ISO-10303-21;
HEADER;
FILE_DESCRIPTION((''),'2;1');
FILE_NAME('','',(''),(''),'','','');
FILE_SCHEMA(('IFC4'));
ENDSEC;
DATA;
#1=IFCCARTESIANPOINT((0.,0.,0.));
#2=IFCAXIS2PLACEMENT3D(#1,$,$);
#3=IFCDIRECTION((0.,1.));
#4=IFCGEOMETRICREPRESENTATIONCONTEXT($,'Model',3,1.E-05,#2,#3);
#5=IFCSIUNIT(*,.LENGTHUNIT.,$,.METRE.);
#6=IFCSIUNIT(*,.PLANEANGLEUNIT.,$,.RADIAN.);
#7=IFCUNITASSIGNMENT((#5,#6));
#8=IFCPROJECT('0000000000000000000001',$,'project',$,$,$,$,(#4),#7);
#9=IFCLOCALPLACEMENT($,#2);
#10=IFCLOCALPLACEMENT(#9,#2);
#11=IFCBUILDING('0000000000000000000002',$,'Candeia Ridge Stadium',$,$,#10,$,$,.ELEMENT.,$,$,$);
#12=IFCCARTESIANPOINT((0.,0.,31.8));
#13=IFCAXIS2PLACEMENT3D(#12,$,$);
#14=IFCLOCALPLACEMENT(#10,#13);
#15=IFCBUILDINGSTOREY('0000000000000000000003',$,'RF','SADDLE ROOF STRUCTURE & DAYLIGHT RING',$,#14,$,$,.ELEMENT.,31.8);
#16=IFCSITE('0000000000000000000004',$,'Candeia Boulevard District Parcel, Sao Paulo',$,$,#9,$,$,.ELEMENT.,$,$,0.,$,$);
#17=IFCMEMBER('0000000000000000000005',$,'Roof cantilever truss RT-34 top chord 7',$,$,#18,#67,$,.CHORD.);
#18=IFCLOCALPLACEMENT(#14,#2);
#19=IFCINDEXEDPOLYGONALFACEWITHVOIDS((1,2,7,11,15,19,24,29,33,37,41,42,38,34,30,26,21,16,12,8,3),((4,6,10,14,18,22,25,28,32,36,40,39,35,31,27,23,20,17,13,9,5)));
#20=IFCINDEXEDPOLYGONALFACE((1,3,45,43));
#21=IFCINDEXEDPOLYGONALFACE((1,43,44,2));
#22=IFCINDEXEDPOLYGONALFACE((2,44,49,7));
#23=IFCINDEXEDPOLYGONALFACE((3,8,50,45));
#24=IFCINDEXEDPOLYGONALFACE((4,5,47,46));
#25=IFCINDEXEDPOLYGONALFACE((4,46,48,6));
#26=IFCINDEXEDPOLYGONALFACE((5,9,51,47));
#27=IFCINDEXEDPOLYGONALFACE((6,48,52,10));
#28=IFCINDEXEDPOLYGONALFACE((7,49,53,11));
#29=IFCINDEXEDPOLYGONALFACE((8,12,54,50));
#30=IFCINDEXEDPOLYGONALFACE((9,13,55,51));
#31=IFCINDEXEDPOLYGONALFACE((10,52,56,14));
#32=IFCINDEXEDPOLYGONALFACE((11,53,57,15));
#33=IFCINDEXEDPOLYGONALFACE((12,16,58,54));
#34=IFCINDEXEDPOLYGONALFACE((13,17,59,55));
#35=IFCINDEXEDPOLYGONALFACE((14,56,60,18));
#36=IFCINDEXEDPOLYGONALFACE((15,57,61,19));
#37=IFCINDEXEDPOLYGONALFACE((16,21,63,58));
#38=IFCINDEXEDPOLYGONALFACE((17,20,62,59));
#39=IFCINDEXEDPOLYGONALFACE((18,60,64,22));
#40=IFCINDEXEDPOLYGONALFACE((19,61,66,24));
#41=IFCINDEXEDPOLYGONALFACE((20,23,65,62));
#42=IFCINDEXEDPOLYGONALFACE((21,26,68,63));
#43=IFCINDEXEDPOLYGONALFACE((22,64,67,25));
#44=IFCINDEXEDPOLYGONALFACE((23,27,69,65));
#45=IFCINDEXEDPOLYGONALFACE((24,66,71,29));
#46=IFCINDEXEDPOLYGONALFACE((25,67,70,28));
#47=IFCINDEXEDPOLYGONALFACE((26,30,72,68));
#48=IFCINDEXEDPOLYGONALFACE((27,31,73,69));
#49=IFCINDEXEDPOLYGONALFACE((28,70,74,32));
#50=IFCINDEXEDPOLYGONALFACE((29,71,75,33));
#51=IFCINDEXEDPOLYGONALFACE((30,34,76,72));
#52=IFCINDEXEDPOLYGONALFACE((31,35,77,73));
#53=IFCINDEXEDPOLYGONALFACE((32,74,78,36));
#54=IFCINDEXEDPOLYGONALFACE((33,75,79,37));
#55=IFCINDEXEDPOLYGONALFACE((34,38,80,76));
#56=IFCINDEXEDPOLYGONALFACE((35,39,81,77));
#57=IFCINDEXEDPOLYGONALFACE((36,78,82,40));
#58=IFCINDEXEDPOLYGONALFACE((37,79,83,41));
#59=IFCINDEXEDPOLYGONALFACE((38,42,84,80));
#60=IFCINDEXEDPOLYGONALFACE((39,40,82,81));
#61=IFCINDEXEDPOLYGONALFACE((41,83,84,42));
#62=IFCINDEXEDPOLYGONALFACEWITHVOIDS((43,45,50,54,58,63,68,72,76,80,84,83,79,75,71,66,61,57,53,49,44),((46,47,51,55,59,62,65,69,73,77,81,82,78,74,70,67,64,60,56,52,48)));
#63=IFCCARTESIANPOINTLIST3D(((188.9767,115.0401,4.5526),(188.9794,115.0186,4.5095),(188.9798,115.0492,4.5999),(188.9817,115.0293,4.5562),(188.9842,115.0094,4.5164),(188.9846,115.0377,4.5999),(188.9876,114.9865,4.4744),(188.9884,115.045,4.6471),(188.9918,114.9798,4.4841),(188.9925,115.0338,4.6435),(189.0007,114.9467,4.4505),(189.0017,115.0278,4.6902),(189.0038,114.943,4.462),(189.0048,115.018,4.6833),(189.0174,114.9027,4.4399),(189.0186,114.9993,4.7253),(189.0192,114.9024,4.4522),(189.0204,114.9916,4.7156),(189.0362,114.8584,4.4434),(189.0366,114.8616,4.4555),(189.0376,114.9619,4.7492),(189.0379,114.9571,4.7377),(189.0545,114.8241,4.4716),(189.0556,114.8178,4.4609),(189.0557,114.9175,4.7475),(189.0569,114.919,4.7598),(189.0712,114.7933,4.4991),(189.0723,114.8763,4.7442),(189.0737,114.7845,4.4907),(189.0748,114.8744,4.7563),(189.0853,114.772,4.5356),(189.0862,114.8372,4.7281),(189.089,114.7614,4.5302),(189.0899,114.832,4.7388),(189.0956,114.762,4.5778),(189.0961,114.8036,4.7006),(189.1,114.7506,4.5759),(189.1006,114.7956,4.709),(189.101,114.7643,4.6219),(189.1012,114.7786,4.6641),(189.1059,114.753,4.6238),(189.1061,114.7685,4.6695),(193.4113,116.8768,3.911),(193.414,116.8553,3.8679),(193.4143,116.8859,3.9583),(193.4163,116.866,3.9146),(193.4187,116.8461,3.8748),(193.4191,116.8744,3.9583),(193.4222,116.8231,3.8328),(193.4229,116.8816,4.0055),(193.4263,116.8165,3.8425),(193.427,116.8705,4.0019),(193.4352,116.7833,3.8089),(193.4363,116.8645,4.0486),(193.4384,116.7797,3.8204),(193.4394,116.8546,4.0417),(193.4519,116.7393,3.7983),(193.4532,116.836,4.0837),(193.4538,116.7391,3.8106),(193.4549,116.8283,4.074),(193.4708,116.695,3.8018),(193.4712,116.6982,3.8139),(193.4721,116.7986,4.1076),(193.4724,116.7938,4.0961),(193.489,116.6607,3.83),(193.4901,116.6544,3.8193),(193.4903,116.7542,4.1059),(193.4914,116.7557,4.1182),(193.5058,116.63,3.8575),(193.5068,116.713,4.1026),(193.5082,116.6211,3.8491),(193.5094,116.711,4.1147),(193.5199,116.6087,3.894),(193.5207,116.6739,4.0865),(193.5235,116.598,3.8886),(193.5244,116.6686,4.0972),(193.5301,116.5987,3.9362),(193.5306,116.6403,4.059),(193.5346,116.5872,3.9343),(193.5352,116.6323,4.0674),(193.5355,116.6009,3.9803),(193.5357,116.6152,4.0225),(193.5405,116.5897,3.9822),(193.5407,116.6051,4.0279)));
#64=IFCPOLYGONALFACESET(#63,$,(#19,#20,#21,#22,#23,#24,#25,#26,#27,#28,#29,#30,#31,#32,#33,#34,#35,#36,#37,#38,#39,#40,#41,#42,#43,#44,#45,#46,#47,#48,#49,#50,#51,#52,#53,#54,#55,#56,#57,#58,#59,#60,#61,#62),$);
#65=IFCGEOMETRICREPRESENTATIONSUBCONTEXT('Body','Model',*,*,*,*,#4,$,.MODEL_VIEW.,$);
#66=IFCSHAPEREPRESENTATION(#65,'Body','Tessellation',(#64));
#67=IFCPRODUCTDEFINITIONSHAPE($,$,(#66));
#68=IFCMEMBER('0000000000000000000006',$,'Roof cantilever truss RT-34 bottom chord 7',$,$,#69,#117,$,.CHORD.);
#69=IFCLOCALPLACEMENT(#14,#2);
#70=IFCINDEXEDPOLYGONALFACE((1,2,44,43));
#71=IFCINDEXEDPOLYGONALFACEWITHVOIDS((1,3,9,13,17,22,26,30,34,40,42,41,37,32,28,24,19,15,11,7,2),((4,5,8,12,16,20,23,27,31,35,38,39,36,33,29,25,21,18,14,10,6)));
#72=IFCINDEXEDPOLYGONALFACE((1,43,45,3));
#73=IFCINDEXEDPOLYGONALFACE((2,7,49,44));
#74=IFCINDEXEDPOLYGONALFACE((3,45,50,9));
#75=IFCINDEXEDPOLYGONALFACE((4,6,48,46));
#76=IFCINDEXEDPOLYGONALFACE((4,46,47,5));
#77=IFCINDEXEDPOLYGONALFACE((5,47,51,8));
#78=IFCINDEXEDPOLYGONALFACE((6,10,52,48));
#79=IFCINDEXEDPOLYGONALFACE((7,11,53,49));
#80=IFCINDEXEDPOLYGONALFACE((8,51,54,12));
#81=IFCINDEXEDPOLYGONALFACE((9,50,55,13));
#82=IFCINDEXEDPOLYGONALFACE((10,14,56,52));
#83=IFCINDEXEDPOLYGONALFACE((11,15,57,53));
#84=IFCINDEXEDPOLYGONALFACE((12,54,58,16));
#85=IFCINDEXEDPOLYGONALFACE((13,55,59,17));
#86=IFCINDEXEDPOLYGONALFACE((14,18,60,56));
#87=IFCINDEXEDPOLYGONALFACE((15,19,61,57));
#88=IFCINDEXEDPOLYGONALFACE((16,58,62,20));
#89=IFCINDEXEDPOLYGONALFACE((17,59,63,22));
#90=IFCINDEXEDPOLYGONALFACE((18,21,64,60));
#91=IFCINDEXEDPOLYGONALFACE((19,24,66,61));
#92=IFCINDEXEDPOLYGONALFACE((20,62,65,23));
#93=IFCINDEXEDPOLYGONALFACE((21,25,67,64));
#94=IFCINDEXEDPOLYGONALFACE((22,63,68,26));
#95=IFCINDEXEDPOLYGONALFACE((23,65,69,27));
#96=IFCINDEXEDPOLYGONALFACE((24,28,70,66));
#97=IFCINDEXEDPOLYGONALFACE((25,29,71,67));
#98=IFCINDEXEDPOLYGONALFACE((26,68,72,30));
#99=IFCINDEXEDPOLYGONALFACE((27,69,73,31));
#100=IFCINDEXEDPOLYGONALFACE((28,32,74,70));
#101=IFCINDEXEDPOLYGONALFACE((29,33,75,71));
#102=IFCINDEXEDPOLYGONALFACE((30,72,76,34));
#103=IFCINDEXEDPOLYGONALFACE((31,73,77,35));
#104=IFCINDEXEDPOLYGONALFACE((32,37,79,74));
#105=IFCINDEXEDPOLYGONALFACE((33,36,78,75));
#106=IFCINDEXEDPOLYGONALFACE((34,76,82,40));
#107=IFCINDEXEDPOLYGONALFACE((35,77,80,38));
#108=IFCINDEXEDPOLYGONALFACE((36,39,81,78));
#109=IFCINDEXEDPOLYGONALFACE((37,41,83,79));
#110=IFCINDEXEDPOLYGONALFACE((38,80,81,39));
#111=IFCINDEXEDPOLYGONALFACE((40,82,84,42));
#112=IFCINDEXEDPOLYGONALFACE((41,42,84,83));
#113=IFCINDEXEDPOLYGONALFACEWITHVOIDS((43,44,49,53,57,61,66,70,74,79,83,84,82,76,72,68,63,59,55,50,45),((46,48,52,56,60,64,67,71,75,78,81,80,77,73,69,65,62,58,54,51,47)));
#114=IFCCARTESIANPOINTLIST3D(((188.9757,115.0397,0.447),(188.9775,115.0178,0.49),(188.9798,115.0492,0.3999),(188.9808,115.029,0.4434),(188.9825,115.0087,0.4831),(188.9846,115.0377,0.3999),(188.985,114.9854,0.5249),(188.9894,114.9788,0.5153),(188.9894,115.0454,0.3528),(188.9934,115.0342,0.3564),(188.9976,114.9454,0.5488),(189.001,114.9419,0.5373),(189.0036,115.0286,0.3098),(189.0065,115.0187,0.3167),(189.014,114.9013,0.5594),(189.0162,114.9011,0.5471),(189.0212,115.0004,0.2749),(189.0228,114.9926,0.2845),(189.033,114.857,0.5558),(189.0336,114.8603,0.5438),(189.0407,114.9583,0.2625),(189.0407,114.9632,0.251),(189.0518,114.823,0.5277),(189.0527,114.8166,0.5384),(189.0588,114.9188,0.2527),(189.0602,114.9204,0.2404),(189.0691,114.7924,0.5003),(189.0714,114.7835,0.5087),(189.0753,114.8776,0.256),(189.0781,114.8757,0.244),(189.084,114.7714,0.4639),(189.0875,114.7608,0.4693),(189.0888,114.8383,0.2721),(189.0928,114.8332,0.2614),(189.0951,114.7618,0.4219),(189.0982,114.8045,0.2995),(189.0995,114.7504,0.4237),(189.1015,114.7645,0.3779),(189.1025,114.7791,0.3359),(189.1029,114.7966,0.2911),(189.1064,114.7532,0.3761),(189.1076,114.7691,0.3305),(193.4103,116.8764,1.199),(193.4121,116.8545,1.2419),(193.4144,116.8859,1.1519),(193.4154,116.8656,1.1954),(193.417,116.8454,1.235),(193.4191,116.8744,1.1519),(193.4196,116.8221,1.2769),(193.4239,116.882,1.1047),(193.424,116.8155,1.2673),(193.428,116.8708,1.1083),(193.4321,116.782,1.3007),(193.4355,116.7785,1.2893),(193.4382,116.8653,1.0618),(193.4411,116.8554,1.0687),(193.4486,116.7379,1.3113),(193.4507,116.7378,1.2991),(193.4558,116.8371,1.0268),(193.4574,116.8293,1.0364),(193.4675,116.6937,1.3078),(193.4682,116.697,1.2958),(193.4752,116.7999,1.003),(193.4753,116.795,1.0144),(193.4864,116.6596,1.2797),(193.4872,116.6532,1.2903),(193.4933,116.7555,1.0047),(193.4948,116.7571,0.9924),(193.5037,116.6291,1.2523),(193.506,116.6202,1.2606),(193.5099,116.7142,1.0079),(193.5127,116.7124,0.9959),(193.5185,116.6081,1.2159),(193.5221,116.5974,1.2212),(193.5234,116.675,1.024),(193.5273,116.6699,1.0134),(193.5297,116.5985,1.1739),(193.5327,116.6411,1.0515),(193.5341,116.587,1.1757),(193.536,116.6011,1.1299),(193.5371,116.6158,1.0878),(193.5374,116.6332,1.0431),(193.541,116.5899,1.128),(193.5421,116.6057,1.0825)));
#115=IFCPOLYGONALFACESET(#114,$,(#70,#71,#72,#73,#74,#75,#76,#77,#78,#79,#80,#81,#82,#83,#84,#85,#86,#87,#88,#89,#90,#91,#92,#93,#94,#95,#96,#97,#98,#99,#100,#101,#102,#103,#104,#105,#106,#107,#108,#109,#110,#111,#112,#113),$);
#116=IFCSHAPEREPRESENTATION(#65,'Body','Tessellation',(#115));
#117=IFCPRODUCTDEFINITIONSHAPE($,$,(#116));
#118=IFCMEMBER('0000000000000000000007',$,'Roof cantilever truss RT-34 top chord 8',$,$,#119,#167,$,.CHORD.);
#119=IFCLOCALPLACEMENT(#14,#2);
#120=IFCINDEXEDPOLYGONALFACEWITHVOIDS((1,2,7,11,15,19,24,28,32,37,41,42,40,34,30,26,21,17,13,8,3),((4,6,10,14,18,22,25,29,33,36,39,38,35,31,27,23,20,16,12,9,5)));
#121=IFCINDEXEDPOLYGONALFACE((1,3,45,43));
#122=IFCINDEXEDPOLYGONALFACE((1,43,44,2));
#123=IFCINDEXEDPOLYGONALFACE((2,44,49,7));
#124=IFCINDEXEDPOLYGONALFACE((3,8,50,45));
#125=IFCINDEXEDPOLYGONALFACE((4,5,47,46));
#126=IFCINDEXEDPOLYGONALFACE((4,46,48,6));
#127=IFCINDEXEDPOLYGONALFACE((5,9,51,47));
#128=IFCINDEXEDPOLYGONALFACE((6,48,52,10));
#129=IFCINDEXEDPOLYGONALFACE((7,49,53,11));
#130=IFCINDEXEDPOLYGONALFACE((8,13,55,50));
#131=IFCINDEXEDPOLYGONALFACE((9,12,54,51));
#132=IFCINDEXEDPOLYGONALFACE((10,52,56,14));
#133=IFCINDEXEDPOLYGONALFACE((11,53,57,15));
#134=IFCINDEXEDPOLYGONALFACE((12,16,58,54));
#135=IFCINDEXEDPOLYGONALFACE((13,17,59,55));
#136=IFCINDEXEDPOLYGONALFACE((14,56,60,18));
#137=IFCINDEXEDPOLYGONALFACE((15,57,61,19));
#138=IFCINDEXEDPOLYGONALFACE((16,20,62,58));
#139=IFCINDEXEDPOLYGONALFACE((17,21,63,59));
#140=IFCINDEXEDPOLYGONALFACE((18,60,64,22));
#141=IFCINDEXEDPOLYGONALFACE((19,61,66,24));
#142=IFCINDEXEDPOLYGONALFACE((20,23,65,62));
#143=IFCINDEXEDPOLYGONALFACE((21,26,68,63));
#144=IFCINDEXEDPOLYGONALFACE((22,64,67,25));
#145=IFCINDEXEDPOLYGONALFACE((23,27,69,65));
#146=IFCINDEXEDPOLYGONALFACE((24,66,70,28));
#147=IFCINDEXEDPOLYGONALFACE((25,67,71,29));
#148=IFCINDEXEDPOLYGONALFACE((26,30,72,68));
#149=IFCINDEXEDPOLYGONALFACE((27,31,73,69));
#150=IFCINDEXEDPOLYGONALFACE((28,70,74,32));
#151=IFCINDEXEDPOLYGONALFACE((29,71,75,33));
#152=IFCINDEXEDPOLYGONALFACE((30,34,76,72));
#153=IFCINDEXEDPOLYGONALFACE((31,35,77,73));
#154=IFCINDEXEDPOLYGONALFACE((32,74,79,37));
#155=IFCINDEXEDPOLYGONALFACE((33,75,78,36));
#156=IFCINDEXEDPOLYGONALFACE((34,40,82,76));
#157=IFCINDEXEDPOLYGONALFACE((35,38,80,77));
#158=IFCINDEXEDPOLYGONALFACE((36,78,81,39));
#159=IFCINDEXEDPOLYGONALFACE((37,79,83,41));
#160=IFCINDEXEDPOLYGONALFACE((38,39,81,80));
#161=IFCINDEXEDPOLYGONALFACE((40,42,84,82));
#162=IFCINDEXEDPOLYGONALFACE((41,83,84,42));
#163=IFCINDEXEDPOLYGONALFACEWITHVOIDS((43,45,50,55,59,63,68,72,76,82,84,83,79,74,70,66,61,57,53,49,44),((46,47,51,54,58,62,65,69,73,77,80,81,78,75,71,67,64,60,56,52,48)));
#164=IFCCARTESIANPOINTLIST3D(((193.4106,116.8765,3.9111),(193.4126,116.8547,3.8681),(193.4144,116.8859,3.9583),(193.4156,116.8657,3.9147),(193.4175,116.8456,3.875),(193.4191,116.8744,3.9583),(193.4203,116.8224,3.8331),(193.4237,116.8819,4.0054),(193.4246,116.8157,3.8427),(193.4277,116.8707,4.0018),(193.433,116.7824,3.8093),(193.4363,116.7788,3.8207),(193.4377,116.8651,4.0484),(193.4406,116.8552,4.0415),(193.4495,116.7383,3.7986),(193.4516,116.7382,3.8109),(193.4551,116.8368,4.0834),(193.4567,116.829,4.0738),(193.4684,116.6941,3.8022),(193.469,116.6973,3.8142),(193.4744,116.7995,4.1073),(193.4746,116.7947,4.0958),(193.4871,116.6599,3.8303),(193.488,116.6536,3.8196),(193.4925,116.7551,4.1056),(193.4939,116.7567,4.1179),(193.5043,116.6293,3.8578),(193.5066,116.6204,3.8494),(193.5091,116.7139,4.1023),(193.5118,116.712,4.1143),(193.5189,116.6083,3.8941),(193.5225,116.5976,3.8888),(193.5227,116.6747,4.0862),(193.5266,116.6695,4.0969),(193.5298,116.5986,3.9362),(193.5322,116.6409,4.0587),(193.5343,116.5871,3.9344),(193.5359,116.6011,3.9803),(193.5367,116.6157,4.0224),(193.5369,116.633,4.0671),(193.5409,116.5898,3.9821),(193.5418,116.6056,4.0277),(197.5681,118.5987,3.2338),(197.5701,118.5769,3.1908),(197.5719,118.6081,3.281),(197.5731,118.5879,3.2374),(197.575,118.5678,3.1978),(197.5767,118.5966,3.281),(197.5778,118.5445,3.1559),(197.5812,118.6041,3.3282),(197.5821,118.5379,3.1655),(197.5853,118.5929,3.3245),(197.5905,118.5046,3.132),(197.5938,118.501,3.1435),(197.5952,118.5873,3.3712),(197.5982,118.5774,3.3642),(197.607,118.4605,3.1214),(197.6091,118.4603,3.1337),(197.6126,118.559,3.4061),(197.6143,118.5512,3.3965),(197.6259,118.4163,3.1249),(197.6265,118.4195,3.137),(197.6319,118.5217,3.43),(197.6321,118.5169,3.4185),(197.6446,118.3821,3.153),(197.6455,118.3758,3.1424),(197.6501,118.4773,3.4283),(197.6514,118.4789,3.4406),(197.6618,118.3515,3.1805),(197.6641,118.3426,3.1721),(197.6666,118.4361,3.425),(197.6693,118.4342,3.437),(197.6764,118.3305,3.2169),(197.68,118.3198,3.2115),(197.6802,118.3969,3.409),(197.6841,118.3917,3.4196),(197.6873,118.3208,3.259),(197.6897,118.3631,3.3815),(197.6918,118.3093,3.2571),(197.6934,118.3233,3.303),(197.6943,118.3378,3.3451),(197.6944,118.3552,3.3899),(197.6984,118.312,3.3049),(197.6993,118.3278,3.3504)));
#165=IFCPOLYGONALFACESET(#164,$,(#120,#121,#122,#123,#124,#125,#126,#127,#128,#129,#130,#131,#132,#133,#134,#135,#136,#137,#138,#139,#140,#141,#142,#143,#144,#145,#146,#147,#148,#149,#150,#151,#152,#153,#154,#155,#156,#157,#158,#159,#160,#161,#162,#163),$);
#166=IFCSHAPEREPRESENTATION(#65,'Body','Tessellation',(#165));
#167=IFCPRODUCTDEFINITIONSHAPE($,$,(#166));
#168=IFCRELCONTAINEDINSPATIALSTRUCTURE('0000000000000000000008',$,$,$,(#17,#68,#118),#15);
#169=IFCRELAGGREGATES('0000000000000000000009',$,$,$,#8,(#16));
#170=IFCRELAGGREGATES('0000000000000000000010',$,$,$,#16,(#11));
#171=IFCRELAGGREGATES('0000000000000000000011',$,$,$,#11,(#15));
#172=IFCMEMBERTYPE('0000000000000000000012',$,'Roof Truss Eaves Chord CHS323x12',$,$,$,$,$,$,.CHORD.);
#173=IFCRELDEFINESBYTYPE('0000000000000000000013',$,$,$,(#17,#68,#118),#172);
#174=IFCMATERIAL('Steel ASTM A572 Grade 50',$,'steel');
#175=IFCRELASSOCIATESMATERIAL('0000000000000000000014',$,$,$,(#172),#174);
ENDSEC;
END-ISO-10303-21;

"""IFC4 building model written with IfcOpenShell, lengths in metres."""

from ifc_helpers import new_model, si_unit, direction, frame, origin, origin_2d, place, context, subcontext, project, spatial, hollow_circle, extrude, material, material_profile, profile_set, type_object, element, save


model = new_model("IFC4")

# Units and contexts
model_context = context("Model", 3, precision=1e-05, world=origin(), true_north=direction((0.0, 1.0)))
body_context = subcontext(model_context, "Body", "Model", "MODEL_VIEW")
ifc_project = project(units=[si_unit("LENGTHUNIT", "METRE"), si_unit("PLANEANGLEUNIT", "RADIAN")], contexts=[model_context])

# Site, building, storey
site_placement = place(None, origin())
site = spatial("IfcSite", under=ifc_project, at=site_placement, Name="Candeia Boulevard District Parcel, Sao Paulo", CompositionType="ELEMENT", RefElevation=0.0)
building_placement = place(site_placement, origin())
building = spatial("IfcBuilding", under=site, at=building_placement, Name="Candeia Ridge Stadium", CompositionType="ELEMENT")
storey_placement = place(building_placement, frame((0.0, 0.0, 31.8)))
storey = spatial("IfcBuildingStorey", under=building, at=storey_placement, Name="RF", Description="SADDLE ROOF STRUCTURE & DAYLIGHT RING", CompositionType="ELEMENT", Elevation=31.8)

# Shared definitions
ifc_material = material(Name="Steel ASTM A572 Grade 50", Category="steel")

# Members
ifc_material_profile_1 = material_profile(ifc_material, hollow_circle(Radius=0.1619, WallThickness=0.0125, at=origin_2d()), Name="CHS323x12", Category="steel")
ifc_profile_set_1 = profile_set([ifc_material_profile_1], Name="Steel ASTM A572 Grade 50")
member_type_1 = type_object("IfcMemberType", Name="Roof Truss Eaves Chord CHS323x12", PredefinedType="CHORD", material=ifc_profile_set_1)
member_1_placement = place(storey_placement, frame((189.0417, 114.8997, 4.5999), z_axis=(0.915748, 0.379276, -0.132492), x_axis=(-0.38265, 0.923893, 0.0)))
element("IfcMember", 1, at=member_1_placement, inside=storey, type_object=member_type_1, Name="Roof cantilever truss RT-34 top chord 7", PredefinedType="CHORD", context=body_context, shape_type="SweptSolid", body=[
    extrude(hollow_circle(Radius=0.1619, WallThickness=0.0125, at=origin_2d()), origin(), (0.0, 0.0, 1.0), 4.8425),
])
member_2_placement = place(storey_placement, frame((189.0417, 114.8997, 0.3999), z_axis=(0.912761, 0.378039, 0.154773), x_axis=(-0.38265, 0.923893, 0.0)))
element("IfcMember", 2, at=member_2_placement, inside=storey, type_object=member_type_1, Name="Roof cantilever truss RT-34 bottom chord 7", PredefinedType="CHORD", context=body_context, shape_type="SweptSolid", body=[
    extrude(hollow_circle(Radius=0.1619, WallThickness=0.0125, at=origin_2d()), origin(), (0.0, 0.0, 1.0), 4.8584),
])
member_3_placement = place(storey_placement, frame((193.4763, 116.7363, 3.9583), z_axis=(0.913584, 0.378438, -0.148822), x_axis=(-0.3827, 0.923873, 0.0)))
element("IfcMember", 3, at=member_3_placement, inside=storey, type_object=member_type_1, Name="Roof cantilever truss RT-34 top chord 8", PredefinedType="CHORD", context=body_context, shape_type="SweptSolid", body=[
    extrude(hollow_circle(Radius=0.1619, WallThickness=0.0125, at=origin_2d()), origin(), (0.0, 0.0, 1.0), 4.5508),
])

save(model, "model.ifc")
